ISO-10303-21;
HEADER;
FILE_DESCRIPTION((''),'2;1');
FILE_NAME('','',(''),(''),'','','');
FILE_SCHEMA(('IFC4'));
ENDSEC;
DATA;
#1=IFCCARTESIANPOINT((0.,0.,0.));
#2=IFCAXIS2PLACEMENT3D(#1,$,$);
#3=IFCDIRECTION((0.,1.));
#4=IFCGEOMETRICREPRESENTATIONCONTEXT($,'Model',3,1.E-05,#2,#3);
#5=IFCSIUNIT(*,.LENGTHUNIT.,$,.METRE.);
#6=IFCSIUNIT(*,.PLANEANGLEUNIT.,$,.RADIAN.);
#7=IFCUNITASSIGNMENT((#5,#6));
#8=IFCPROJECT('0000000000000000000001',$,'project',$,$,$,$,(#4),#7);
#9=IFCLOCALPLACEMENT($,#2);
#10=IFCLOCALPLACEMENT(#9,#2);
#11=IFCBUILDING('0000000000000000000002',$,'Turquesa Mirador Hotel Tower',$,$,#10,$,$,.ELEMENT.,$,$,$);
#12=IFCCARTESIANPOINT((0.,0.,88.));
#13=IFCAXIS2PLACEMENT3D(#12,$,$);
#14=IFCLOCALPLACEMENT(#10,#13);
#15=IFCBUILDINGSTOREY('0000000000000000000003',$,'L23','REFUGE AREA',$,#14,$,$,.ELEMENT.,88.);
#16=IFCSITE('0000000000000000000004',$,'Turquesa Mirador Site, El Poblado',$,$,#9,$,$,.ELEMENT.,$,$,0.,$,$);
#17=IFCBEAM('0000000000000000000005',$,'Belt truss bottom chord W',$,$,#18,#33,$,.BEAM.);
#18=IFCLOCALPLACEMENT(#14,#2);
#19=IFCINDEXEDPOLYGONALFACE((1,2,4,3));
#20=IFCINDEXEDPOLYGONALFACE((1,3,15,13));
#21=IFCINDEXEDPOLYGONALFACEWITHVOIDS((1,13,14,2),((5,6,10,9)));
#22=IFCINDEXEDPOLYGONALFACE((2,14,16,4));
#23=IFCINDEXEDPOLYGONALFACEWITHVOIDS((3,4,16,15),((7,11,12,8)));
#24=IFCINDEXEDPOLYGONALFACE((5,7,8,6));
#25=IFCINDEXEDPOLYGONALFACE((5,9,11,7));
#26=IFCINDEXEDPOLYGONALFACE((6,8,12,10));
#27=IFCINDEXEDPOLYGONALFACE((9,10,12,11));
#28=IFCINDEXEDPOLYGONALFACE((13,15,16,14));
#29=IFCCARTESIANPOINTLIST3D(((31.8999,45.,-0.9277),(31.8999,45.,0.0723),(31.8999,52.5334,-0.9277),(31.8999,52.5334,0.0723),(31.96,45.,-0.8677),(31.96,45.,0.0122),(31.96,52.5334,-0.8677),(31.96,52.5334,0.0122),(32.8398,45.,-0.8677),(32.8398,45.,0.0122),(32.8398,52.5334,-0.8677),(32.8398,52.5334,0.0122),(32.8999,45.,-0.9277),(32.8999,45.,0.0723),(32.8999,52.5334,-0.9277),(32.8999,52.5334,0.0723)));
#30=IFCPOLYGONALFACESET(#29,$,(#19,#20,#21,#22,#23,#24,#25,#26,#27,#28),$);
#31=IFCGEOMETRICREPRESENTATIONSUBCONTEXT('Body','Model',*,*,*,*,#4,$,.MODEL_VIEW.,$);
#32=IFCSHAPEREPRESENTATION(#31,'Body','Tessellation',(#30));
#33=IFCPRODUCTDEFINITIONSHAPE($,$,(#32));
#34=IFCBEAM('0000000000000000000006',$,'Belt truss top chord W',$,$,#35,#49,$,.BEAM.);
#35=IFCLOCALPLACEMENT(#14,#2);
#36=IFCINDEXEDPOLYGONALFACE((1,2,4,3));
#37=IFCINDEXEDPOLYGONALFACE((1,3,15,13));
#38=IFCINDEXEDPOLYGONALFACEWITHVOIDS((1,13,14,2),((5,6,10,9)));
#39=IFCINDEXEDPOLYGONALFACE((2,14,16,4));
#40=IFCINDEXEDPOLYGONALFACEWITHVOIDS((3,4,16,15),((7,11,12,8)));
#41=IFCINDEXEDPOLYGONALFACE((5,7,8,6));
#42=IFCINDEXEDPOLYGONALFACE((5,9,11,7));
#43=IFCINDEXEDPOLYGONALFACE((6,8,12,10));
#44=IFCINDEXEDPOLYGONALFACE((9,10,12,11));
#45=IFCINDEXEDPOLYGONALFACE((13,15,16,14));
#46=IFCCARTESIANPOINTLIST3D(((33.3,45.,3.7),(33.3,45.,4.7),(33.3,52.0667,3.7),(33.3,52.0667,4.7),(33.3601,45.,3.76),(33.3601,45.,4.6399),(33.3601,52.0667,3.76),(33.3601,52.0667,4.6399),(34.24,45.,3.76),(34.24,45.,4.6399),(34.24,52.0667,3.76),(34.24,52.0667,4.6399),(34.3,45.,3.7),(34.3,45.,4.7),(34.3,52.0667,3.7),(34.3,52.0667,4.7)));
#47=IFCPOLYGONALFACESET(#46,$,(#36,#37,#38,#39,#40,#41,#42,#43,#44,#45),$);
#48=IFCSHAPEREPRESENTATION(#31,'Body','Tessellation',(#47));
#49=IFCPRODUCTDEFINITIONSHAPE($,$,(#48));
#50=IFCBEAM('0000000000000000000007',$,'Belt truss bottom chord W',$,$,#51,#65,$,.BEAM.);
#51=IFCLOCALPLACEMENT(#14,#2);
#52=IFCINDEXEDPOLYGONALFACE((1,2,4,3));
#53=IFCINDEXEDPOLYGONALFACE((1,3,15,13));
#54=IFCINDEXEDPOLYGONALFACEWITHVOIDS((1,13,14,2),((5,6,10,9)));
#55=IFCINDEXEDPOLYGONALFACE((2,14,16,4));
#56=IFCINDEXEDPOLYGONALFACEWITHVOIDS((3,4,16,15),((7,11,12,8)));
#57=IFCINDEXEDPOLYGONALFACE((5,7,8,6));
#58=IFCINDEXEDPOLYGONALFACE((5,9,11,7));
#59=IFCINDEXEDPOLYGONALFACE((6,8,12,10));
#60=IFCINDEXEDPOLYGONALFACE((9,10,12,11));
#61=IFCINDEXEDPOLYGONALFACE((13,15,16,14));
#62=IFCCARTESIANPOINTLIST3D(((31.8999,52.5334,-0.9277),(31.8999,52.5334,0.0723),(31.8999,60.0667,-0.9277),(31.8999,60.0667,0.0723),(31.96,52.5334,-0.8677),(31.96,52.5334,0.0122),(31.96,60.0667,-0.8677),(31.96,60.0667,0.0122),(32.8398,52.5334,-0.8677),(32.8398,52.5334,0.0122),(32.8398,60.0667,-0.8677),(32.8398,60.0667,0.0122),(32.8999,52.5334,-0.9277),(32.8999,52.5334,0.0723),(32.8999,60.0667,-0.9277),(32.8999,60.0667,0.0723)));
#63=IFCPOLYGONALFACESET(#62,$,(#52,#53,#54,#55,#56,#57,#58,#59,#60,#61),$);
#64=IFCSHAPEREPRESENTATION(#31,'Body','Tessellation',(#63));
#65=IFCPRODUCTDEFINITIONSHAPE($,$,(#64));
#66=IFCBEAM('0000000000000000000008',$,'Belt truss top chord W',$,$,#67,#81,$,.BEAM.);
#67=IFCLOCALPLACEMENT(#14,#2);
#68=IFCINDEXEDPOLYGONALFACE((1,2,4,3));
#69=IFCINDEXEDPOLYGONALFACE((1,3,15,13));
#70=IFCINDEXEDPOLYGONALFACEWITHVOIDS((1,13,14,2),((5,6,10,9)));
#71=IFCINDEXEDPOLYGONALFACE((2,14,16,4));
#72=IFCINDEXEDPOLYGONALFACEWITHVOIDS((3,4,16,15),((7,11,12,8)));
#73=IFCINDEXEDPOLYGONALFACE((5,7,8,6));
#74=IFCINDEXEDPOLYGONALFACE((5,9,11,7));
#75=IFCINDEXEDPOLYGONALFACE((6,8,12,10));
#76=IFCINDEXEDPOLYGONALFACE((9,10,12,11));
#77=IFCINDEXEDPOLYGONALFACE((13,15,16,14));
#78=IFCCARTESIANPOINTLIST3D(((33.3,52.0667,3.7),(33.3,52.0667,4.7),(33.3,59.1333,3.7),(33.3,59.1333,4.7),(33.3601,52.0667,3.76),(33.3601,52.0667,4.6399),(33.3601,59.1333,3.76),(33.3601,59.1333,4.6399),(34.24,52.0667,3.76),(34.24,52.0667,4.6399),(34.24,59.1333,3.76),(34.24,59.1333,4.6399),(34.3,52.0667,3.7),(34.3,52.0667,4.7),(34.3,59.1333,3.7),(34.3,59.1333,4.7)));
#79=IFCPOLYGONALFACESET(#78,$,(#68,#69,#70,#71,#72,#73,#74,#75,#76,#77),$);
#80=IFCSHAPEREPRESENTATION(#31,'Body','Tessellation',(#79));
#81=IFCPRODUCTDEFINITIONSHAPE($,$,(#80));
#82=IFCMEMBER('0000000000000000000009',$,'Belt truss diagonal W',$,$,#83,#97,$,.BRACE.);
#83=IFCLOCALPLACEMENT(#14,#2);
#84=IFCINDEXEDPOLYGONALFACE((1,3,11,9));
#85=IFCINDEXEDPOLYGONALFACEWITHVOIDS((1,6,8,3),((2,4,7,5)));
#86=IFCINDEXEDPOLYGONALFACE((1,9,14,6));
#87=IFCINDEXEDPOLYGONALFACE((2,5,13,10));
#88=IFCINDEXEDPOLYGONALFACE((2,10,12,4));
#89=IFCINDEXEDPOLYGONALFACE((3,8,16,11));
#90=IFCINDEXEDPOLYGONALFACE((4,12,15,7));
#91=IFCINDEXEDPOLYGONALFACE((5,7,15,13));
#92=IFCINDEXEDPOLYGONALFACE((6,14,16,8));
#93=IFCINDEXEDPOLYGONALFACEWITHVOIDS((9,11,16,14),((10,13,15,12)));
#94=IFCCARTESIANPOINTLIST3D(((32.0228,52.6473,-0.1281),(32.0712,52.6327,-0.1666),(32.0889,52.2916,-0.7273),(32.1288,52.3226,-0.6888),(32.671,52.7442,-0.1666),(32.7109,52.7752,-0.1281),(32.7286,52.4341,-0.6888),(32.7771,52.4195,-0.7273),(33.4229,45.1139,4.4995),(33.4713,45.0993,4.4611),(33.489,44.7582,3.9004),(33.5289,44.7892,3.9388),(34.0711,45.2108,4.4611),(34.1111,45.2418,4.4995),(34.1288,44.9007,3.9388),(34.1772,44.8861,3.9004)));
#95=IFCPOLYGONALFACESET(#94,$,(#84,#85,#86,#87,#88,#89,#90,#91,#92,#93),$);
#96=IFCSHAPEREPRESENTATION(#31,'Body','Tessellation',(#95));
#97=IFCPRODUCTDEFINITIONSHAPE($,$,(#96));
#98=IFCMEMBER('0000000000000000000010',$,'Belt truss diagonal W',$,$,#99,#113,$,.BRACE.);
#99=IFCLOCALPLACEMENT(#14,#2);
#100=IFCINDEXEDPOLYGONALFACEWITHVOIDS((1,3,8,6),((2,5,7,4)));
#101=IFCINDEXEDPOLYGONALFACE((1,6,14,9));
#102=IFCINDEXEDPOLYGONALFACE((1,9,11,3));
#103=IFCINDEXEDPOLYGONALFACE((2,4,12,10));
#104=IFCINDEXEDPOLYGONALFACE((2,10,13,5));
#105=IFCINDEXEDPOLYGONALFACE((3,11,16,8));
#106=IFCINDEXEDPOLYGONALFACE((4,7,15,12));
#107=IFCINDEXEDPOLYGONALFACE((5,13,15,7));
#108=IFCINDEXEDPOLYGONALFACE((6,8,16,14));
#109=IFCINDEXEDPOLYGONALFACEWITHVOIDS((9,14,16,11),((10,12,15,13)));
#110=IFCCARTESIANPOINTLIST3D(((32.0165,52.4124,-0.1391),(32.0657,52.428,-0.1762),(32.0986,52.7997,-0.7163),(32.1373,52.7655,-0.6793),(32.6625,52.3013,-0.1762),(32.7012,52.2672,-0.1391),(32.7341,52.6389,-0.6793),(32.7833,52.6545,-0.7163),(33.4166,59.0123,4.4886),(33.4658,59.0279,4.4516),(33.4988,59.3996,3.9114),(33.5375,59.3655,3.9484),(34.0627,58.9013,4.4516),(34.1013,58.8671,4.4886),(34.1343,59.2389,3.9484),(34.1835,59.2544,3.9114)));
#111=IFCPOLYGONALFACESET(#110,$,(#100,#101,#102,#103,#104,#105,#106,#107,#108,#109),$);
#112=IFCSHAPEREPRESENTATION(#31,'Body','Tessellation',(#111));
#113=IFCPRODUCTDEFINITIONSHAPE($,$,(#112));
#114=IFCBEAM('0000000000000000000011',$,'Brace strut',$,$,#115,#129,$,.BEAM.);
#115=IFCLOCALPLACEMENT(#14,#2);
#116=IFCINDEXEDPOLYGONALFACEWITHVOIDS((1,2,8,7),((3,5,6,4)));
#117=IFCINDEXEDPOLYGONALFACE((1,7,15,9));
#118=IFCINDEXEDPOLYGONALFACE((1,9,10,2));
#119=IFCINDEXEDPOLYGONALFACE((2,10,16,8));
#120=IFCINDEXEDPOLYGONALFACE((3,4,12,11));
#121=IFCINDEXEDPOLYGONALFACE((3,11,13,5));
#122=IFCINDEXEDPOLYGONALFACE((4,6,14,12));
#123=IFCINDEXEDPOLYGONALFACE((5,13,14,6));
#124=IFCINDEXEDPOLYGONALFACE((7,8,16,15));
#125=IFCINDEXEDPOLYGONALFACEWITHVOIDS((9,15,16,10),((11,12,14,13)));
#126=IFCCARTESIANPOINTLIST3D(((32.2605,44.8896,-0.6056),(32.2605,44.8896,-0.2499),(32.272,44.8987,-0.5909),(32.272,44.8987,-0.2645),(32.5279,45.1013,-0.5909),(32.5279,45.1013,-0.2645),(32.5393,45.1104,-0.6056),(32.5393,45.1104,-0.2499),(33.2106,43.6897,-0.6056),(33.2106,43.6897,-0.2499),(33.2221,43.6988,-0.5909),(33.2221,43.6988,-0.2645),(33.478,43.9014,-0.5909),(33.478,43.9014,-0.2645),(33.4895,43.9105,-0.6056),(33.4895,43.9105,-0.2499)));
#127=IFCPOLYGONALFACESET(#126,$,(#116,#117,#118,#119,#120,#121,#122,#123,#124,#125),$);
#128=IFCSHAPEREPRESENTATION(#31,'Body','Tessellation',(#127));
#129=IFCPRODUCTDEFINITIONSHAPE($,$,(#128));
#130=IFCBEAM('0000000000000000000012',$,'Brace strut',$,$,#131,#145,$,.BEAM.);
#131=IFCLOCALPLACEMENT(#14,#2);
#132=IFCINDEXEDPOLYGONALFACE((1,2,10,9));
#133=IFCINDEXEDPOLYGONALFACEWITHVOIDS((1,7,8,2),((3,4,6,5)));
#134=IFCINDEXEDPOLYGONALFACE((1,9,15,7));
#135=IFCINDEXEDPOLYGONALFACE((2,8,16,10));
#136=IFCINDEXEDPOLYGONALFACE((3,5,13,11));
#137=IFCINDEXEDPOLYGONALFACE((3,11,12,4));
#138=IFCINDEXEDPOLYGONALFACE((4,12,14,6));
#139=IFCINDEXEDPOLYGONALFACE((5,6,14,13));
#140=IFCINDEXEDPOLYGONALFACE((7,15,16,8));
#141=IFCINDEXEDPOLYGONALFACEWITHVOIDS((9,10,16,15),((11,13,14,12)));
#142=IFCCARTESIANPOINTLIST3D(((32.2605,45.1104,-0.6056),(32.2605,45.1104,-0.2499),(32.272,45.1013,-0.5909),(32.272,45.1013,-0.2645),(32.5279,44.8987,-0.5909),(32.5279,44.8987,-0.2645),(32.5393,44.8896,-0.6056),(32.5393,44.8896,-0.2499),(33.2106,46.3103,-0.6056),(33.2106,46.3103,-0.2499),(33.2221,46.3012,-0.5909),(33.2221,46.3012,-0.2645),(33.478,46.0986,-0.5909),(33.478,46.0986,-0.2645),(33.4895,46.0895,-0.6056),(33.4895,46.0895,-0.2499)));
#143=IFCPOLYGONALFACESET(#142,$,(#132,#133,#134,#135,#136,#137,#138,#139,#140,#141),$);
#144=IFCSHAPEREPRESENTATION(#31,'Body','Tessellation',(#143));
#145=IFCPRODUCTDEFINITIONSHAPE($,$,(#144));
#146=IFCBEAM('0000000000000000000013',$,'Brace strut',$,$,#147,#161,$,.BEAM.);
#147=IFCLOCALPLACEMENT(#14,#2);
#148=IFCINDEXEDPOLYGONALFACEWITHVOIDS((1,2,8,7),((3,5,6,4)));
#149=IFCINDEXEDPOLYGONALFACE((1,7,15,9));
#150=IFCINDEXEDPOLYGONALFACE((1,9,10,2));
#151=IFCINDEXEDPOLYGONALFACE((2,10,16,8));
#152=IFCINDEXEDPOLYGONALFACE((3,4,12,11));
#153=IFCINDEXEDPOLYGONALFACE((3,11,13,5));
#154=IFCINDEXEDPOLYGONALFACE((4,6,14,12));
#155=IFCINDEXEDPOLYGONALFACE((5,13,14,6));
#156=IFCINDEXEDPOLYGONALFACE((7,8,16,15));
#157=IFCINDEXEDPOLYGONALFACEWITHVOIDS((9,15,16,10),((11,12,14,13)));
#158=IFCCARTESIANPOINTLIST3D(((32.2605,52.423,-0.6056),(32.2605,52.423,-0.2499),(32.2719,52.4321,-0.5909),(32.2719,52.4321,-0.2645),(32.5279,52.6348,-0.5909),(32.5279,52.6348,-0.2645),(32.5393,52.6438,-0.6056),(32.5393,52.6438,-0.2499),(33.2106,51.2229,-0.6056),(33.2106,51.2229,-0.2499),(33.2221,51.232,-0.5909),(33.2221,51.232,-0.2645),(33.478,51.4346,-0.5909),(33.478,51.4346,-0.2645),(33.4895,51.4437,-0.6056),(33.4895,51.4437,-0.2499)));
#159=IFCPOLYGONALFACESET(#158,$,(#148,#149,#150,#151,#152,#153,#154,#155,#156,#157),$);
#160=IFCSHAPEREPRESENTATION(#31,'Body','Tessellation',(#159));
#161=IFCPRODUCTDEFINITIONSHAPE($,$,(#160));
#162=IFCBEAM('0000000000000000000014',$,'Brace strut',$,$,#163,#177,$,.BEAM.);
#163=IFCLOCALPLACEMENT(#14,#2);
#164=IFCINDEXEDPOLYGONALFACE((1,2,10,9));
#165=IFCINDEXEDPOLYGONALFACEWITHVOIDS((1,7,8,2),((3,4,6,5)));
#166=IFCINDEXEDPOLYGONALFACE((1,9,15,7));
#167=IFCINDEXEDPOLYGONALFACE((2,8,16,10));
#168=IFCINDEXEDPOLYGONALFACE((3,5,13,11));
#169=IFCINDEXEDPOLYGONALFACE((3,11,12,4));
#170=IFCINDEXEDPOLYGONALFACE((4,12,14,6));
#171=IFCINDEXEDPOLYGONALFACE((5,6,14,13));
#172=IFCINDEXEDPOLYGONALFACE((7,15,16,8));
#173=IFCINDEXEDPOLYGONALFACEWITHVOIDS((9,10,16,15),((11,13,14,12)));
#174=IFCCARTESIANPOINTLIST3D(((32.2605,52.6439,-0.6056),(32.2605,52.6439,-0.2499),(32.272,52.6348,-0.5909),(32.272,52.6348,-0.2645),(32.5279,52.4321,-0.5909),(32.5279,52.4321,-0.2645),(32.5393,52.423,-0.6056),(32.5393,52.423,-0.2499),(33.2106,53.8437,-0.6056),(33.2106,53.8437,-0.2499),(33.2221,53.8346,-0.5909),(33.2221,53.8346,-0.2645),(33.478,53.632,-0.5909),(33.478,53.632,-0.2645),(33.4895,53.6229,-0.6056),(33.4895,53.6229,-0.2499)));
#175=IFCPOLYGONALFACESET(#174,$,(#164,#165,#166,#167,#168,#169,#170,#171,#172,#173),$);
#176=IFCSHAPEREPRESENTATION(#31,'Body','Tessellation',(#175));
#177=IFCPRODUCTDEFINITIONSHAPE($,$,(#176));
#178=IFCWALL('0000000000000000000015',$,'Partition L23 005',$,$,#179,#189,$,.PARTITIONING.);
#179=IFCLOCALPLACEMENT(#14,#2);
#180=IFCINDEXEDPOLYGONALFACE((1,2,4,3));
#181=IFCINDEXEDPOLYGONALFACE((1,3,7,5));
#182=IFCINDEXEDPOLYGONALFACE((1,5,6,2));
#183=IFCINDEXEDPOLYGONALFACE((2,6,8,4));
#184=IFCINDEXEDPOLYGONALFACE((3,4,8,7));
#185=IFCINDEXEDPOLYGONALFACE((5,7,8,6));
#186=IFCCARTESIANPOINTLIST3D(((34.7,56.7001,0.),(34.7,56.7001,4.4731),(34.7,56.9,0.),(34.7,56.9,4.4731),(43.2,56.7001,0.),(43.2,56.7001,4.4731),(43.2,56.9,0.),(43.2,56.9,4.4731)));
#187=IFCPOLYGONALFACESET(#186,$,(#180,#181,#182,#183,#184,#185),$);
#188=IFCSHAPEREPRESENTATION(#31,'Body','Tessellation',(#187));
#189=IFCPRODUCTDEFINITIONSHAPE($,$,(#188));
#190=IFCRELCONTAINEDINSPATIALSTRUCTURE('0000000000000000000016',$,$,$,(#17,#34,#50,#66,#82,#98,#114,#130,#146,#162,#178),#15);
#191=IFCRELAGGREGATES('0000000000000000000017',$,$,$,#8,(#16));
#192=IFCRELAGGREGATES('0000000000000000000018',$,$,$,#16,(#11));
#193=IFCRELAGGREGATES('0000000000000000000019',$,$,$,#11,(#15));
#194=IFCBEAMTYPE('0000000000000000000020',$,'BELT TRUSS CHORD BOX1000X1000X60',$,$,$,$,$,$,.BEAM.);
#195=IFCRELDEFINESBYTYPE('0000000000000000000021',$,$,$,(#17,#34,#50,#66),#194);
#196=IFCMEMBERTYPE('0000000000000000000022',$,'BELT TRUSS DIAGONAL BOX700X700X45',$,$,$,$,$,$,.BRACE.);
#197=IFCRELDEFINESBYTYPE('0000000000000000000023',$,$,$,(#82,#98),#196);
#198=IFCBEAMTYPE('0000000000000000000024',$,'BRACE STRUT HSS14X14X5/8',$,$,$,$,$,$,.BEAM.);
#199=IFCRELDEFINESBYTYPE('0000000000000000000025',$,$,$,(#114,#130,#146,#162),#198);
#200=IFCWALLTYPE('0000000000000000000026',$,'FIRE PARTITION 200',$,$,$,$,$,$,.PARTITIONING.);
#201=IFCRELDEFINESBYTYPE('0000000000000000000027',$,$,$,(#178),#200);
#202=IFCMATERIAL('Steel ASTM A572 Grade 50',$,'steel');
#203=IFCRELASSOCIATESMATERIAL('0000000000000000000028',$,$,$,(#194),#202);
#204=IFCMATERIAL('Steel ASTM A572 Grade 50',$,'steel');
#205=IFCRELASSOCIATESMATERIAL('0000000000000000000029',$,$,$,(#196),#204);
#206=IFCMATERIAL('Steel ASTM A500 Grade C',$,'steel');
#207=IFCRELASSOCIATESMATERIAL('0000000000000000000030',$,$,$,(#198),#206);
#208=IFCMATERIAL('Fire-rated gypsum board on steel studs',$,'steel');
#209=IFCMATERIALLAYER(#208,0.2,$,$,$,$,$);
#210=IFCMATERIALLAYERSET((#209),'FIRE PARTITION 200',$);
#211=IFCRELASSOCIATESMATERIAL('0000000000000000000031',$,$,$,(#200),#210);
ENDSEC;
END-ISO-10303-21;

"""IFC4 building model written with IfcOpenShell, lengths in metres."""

from ifc_helpers import new_model, si_unit, direction, frame, frame_2d, origin, origin_2d, place, context, subcontext, project, spatial, rectangle, hollow_rectangle, extrude, material, layer, layer_set, material_profile, profile_set, type_object, element, save


model = new_model("IFC4")

# Units and contexts
model_context = context("Model", 3, precision=1e-05, world=origin(), true_north=direction((0.0, 1.0)))
body_context = subcontext(model_context, "Body", "Model", "MODEL_VIEW")
ifc_project = project(units=[si_unit("LENGTHUNIT", "METRE"), si_unit("PLANEANGLEUNIT", "RADIAN")], contexts=[model_context])

# Site, building, storey
site_placement = place(None, origin())
site = spatial("IfcSite", under=ifc_project, at=site_placement, Name="Turquesa Mirador Site, El Poblado", CompositionType="ELEMENT", RefElevation=0.0)
building_placement = place(site_placement, origin())
building = spatial("IfcBuilding", under=site, at=building_placement, Name="Turquesa Mirador Hotel Tower", CompositionType="ELEMENT")
storey_placement = place(building_placement, frame((0.0, 0.0, 88.0)))
storey = spatial("IfcBuildingStorey", under=building, at=storey_placement, Name="L23", Description="REFUGE AREA", CompositionType="ELEMENT", Elevation=88.0)

# Beams
ifc_material_1 = material(Name="Steel ASTM A572 Grade 50", Category="steel")
ifc_material_profile_1 = material_profile(ifc_material_1, hollow_rectangle(XDim=1.0, YDim=1.0, WallThickness=0.0601, at=origin_2d()), Name="BOX1000X1000X60")
ifc_profile_set_1 = profile_set([ifc_material_profile_1], Name="Steel ASTM A572 Grade 50")
beam_type_1 = type_object("IfcBeamType", Name="BELT TRUSS CHORD BOX1000X1000X60", PredefinedType="BEAM", material=ifc_profile_set_1)
beam_1_placement = place(storey_placement, frame((32.3999, 45.0, -0.4277), z_axis=(0.0, 1.0, 0.0), x_axis=(-1.0, 0.0, 0.0)))
element("IfcBeam", 1, at=beam_1_placement, inside=storey, type_object=beam_type_1, Name="Belt truss bottom chord W", PredefinedType="BEAM", context=body_context, shape_type="SweptSolid", body=[
    extrude(hollow_rectangle(XDim=1.0, YDim=1.0, WallThickness=0.0601, at=origin_2d()), origin(), (0.0, 0.0, 1.0), 7.5334),
])
beam_2_placement = place(storey_placement, frame((33.8, 45.0, 4.2), z_axis=(0.0, 1.0, 0.0), x_axis=(-1.0, 0.0, 0.0)))
element("IfcBeam", 2, at=beam_2_placement, inside=storey, type_object=beam_type_1, Name="Belt truss top chord W", PredefinedType="BEAM", context=body_context, shape_type="SweptSolid", body=[
    extrude(hollow_rectangle(XDim=1.0, YDim=1.0, WallThickness=0.0601, at=origin_2d()), origin(), (0.0, 0.0, 1.0), 7.0667),
])
beam_3_placement = place(storey_placement, frame((32.3999, 52.5334, -0.4277), z_axis=(0.0, 1.0, 0.0), x_axis=(-1.0, 0.0, 0.0)))
element("IfcBeam", 3, at=beam_3_placement, inside=storey, type_object=beam_type_1, Name="Belt truss bottom chord W", PredefinedType="BEAM", context=body_context, shape_type="SweptSolid", body=[
    extrude(hollow_rectangle(XDim=1.0, YDim=1.0, WallThickness=0.0601, at=origin_2d()), origin(), (0.0, 0.0, 1.0), 7.5332),
])
beam_4_placement = place(storey_placement, frame((33.8, 52.0667, 4.2), z_axis=(0.0, 1.0, 0.0), x_axis=(-1.0, 0.0, 0.0)))
element("IfcBeam", 4, at=beam_4_placement, inside=storey, type_object=beam_type_1, Name="Belt truss top chord W", PredefinedType="BEAM", context=body_context, shape_type="SweptSolid", body=[
    extrude(hollow_rectangle(XDim=1.0, YDim=1.0, WallThickness=0.0601, at=origin_2d()), origin(), (0.0, 0.0, 1.0), 7.0667),
])

# Members
ifc_material_2 = material(Name="Steel ASTM A572 Grade 50", Category="steel")
ifc_material_profile_2 = material_profile(ifc_material_2, hollow_rectangle(XDim=0.7, YDim=0.7, WallThickness=0.0449, at=origin_2d()), Name="BOX700X700X45")
ifc_profile_set_2 = profile_set([ifc_material_profile_2], Name="Steel ASTM A572 Grade 50")
member_type = type_object("IfcMemberType", Name="BELT TRUSS DIAGONAL BOX700X700X45", PredefinedType="BRACE", material=ifc_profile_set_2)
member_1_placement = place(storey_placement, frame((33.8, 45.0, 4.2), z_axis=(-0.156415, 0.841588, -0.516975), x_axis=(-0.983163, -0.182728, 0.0)))
element("IfcMember", 5, at=member_1_placement, inside=storey, type_object=member_type, Name="Belt truss diagonal W", PredefinedType="BRACE", context=body_context, shape_type="SweptSolid", body=[
    extrude(hollow_rectangle(XDim=0.7, YDim=0.7, WallThickness=0.0449, at=origin_2d()), origin(), (0.0, 0.0, 1.0), 8.9514),
])
member_2_placement = place(storey_placement, frame((32.3999, 52.5334, -0.4277), z_axis=(0.171139, 0.806698, 0.565641), x_axis=(-0.978229, 0.207529, 0.0)))
element("IfcMember", 6, at=member_2_placement, inside=storey, type_object=member_type, Name="Belt truss diagonal W", PredefinedType="BRACE", context=body_context, shape_type="SweptSolid", body=[
    extrude(hollow_rectangle(XDim=0.7, YDim=0.7, WallThickness=0.0449, at=origin_2d()), origin(), (0.0, 0.0, 1.0), 8.1814),
])

# Beams
ifc_material_3 = material(Name="Steel ASTM A500 Grade C", Category="steel")
ifc_material_profile_3 = material_profile(ifc_material_3, hollow_rectangle(XDim=0.3557, YDim=0.3557, WallThickness=0.0146, at=origin_2d()), Name="HSS14X14X5/8")
ifc_profile_set_3 = profile_set([ifc_material_profile_3], Name="Steel ASTM A500 Grade C")
beam_type_2 = type_object("IfcBeamType", Name="BRACE STRUT HSS14X14X5/8", PredefinedType="BEAM", material=ifc_profile_set_3)
for number, where, z_axis, x_axis, name in (
    (7, (32.3999, 45.0, -0.4277), (0.620797, -0.783971, 0.0), (0.783971, 0.620797, 0.0), "Brace strut"),
    (8, (32.3999, 45.0, -0.4277), (0.620797, 0.783971, 0.0), (-0.783971, 0.620797, 0.0), "Brace strut"),
):
    element("IfcBeam", number, at=place(storey_placement, frame(where, z_axis=z_axis, x_axis=x_axis)), inside=storey, type_object=beam_type_2, Name=name, PredefinedType="BEAM", context=body_context, shape_type="SweptSolid", body=[
        extrude(hollow_rectangle(XDim=0.3557, YDim=0.3557, WallThickness=0.0146, at=origin_2d()), origin(), (0.0, 0.0, 1.0), 1.5305),
    ])
beam_5_placement = place(storey_placement, frame((32.3999, 52.5334, -0.4277), z_axis=(0.620719, -0.784033, 0.0), x_axis=(0.784033, 0.620719, 0.0)))
element("IfcBeam", 9, at=beam_5_placement, inside=storey, type_object=beam_type_2, Name="Brace strut", PredefinedType="BEAM", context=body_context, shape_type="SweptSolid", body=[
    extrude(hollow_rectangle(XDim=0.3557, YDim=0.3557, WallThickness=0.0146, at=origin_2d()), origin(), (0.0, 0.0, 1.0), 1.5308),
])
beam_6_placement = place(storey_placement, frame((32.3999, 52.5334, -0.4277), z_axis=(0.620797, 0.783971, 0.0), x_axis=(-0.783971, 0.620797, 0.0)))
element("IfcBeam", 10, at=beam_6_placement, inside=storey, type_object=beam_type_2, Name="Brace strut", PredefinedType="BEAM", context=body_context, shape_type="SweptSolid", body=[
    extrude(hollow_rectangle(XDim=0.3557, YDim=0.3557, WallThickness=0.0146, at=origin_2d()), origin(), (0.0, 0.0, 1.0), 1.5305),
])

# Wall
ifc_material_4 = material(Name="Fire-rated gypsum board on steel studs", Category="steel")
ifc_layer = layer(ifc_material_4, 0.2)
ifc_layer_set = layer_set([ifc_layer], Name="FIRE PARTITION 200")
wall_type = type_object("IfcWallType", Name="FIRE PARTITION 200", PredefinedType="PARTITIONING", material=ifc_layer_set)
wall_placement = place(storey_placement, frame((34.7, 56.8, 0.0), z_axis=(0.0, 0.0, 1.0), x_axis=(1.0, 0.0, 0.0)))
element("IfcWall", 11, at=wall_placement, inside=storey, type_object=wall_type, Name="Partition L23 005", PredefinedType="PARTITIONING", context=body_context, shape_type="SweptSolid", body=[
    extrude(rectangle(XDim=8.5, YDim=0.2, at=frame_2d((4.25, 0.0))), origin(), (0.0, 0.0, 1.0), 4.4731),
])

save(model, "model.ifc")
